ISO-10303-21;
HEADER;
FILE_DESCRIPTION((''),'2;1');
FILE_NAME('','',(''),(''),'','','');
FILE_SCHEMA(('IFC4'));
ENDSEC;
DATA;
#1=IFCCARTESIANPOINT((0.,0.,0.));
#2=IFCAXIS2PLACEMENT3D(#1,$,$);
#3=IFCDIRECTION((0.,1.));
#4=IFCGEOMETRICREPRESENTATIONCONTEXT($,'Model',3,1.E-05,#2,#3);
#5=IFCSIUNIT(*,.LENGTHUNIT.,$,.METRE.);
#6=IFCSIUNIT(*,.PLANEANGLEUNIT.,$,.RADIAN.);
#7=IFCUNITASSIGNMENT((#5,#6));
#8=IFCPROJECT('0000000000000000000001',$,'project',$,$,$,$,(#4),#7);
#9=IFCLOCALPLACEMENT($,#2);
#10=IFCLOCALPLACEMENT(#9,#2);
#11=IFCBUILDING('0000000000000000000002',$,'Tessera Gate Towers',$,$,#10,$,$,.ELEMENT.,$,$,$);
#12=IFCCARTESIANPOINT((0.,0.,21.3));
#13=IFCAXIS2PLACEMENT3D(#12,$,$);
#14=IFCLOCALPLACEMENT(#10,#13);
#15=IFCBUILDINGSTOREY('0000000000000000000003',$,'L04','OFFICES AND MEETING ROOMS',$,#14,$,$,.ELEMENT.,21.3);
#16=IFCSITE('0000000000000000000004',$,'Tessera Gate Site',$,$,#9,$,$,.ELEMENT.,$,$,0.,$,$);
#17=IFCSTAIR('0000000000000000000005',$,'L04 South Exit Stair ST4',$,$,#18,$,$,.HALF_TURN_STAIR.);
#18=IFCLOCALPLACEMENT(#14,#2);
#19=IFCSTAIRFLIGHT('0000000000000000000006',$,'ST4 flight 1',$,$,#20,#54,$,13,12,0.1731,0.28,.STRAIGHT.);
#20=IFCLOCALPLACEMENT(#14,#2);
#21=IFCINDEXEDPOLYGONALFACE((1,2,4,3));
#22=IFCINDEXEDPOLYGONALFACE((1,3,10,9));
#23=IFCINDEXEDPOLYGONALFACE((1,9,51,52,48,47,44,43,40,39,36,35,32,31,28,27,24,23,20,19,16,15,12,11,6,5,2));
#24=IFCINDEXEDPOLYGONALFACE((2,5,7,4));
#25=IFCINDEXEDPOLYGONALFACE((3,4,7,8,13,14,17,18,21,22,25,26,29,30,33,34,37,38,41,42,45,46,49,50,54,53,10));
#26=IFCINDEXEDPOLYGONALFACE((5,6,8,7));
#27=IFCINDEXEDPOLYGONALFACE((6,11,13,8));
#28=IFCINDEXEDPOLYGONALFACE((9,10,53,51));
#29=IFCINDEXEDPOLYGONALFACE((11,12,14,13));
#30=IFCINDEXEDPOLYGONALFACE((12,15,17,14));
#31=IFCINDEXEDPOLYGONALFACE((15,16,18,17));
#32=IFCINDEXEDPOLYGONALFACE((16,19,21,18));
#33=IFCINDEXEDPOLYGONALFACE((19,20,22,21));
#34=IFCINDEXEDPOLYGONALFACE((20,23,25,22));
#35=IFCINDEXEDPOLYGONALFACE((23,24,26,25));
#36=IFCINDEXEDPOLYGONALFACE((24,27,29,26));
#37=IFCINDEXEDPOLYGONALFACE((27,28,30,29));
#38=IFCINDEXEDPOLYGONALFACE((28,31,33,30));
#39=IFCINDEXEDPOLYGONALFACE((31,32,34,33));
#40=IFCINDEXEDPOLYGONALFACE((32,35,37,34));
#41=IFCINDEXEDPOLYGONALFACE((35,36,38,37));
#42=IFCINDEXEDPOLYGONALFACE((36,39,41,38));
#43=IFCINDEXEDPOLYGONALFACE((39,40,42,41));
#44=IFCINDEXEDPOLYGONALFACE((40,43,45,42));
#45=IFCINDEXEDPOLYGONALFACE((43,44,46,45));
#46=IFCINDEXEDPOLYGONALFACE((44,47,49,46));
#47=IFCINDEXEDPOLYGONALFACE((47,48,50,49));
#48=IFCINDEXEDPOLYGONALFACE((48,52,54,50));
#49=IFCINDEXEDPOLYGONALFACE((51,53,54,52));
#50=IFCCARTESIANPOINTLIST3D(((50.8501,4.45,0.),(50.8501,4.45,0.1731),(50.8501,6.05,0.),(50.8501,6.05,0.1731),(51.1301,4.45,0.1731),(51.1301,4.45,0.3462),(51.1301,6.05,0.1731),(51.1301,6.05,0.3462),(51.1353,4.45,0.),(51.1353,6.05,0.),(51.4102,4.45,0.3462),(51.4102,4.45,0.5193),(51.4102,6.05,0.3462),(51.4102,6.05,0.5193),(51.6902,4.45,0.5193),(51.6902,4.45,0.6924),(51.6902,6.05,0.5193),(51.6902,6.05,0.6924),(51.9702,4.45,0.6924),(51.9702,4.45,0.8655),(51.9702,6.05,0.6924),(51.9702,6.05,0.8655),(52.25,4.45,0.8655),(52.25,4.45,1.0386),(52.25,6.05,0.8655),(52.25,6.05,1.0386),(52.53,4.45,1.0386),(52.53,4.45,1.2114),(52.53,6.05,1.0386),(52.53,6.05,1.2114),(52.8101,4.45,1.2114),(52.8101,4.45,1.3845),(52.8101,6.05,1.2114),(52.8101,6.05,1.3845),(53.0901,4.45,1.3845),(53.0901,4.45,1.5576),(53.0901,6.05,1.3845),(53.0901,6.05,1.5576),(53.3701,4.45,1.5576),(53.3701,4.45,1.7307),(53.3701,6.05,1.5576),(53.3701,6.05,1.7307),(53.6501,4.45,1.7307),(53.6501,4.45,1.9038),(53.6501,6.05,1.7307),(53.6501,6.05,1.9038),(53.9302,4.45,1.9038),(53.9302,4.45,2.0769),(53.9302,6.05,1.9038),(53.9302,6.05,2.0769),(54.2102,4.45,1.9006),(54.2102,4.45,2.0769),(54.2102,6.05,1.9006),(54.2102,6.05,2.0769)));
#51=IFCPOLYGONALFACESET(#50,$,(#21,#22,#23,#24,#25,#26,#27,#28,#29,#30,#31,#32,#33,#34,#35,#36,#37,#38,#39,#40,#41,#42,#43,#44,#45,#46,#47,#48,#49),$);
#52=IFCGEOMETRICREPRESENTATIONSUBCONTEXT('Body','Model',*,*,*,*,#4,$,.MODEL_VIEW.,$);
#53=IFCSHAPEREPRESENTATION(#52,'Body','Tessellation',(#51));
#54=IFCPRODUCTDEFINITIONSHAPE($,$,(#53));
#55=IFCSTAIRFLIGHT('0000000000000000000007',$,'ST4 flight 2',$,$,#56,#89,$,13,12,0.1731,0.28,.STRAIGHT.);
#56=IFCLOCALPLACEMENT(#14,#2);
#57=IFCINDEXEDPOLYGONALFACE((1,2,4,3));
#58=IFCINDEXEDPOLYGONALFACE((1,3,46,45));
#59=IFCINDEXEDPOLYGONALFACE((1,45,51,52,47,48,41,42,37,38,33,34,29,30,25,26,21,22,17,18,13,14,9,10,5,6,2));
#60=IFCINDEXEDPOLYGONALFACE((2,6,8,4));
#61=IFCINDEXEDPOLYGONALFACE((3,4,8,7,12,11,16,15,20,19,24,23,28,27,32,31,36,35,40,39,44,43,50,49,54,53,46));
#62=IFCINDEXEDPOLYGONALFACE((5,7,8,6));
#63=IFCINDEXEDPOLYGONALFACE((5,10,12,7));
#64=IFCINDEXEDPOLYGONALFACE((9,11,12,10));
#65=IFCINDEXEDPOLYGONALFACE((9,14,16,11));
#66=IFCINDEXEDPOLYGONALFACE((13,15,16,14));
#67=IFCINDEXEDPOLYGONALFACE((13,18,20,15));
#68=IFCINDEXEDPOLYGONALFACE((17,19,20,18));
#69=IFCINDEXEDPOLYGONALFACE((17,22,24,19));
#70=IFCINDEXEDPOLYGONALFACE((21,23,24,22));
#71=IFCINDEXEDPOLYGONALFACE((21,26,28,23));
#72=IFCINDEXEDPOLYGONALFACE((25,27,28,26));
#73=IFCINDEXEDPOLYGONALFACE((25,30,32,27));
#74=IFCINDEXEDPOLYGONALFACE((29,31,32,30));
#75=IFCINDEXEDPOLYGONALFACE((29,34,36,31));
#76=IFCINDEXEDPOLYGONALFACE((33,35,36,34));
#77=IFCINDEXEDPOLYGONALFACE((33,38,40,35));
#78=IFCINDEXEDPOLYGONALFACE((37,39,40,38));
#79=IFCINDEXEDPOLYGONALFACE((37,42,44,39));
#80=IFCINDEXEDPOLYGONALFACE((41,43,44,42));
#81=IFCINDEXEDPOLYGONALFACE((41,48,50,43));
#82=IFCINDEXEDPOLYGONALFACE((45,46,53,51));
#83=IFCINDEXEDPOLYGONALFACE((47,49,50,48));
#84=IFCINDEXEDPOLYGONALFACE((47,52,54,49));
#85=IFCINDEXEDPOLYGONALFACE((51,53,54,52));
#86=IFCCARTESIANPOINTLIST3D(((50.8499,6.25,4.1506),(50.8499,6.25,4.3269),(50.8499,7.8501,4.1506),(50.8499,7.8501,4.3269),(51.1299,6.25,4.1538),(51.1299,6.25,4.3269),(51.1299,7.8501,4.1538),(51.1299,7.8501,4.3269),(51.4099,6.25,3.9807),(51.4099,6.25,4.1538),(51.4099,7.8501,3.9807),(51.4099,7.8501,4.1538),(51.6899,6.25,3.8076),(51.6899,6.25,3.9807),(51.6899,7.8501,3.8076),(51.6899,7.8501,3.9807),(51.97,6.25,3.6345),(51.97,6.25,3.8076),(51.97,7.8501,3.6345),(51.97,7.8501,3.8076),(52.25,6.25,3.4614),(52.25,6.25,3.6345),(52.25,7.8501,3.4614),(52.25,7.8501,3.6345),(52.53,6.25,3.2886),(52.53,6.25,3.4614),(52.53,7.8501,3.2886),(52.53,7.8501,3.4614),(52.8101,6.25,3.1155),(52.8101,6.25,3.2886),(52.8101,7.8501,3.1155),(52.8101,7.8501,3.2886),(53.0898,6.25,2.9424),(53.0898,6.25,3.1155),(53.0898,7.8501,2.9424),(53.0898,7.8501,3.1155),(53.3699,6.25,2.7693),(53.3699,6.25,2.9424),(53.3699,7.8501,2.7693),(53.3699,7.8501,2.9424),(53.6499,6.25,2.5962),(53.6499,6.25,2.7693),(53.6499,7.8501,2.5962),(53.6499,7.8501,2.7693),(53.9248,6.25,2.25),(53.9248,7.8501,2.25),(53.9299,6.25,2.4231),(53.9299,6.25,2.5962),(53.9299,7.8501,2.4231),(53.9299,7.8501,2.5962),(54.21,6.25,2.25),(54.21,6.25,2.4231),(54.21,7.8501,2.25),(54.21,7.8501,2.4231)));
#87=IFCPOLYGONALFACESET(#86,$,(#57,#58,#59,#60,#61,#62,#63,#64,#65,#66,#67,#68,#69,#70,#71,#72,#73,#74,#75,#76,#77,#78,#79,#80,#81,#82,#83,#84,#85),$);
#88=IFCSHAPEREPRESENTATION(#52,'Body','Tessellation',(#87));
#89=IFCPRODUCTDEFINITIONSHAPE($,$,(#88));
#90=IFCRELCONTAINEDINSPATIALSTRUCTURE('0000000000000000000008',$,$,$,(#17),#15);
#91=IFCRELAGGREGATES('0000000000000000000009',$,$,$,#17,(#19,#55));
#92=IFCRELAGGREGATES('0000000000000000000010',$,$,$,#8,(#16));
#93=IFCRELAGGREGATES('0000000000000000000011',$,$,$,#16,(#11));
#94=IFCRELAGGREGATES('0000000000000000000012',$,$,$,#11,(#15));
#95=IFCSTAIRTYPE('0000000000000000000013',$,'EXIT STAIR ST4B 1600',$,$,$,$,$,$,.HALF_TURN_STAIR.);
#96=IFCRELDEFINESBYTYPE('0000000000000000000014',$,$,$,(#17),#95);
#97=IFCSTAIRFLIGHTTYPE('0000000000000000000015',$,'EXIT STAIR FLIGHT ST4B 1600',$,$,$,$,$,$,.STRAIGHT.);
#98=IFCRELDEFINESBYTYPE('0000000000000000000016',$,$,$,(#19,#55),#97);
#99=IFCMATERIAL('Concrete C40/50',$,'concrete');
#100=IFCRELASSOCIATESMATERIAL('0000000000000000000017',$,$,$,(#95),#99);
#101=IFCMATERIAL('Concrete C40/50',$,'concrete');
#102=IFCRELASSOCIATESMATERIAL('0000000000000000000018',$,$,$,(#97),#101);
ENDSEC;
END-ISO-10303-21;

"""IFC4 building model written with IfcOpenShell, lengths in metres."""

from ifc_helpers import new_model, si_unit, direction, frame, origin, place, context, subcontext, project, spatial, polyline, outline, extrude, material, type_object, element, aggregate, save


model = new_model("IFC4")

# Units and contexts
model_context = context("Model", 3, precision=1e-05, world=origin(), true_north=direction((0.0, 1.0)))
body_context = subcontext(model_context, "Body", "Model", "MODEL_VIEW")
ifc_project = project(units=[si_unit("LENGTHUNIT", "METRE"), si_unit("PLANEANGLEUNIT", "RADIAN")], contexts=[model_context])

# Site, building, storey
site_placement = place(None, origin())
site = spatial("IfcSite", under=ifc_project, at=site_placement, Name="Tessera Gate Site", CompositionType="ELEMENT", RefElevation=0.0)
building_placement = place(site_placement, origin())
building = spatial("IfcBuilding", under=site, at=building_placement, Name="Tessera Gate Towers", CompositionType="ELEMENT")
storey_placement = place(building_placement, frame((0.0, 0.0, 21.3)))
storey = spatial("IfcBuildingStorey", under=building, at=storey_placement, Name="L04", Description="OFFICES AND MEETING ROOMS", CompositionType="ELEMENT", Elevation=21.3)

# Stair, stair flights
ifc_material_1 = material(Name="Concrete C40/50", Category="concrete")
stair_type = type_object("IfcStairType", Name="EXIT STAIR ST4B 1600", PredefinedType="HALF_TURN_STAIR", material=ifc_material_1)
stair_placement = place(storey_placement, origin())
stair = element("IfcStair", 1, at=stair_placement, inside=storey, type_object=stair_type, Name="L04 South Exit Stair ST4", PredefinedType="HALF_TURN_STAIR")
ifc_material_2 = material(Name="Concrete C40/50", Category="concrete")
stair_flight_type = type_object("IfcStairFlightType", Name="EXIT STAIR FLIGHT ST4B 1600", PredefinedType="STRAIGHT", material=ifc_material_2)
stair_flight_1_placement = place(storey_placement, frame((50.8501, 5.25, 0.0), z_axis=(0.0, 0.0, 1.0), x_axis=(1.0, 0.0, 0.0)))
stair_flight_1 = element("IfcStairFlight", 2, at=stair_flight_1_placement, type_object=stair_flight_type, Name="ST4 flight 1", NumberOfRisers=13, NumberOfTreads=12, PredefinedType="STRAIGHT", RiserHeight=0.1731, TreadLength=0.28, context=body_context, shape_type="SweptSolid", body=[
    extrude(outline(polyline([(0.0, 0.0), (0.0, 0.1731), (0.28, 0.1731), (0.28, 0.3462), (0.5601, 0.3462), (0.5601, 0.5193), (0.8401, 0.5193), (0.8401, 0.6924), (1.1201, 0.6924), (1.1201, 0.8655), (1.3999, 0.8655), (1.3999, 1.0386), (1.6799, 1.0386), (1.6799, 1.2114), (1.96, 1.2114), (1.96, 1.3845), (2.24, 1.3845), (2.24, 1.5576), (2.52, 1.5576), (2.52, 1.7307), (2.8, 1.7307), (2.8, 1.9038), (3.0801, 1.9038), (3.0801, 2.0769), (3.3601, 2.0769), (3.3601, 2.25), (3.3601, 1.9006), (0.2852, 0.0), (0.0, 0.0)])), frame((0.0, 0.8, 0.0), z_axis=(0.0, -1.0, 0.0), x_axis=(1.0, 0.0, 0.0)), (0.0, 0.0, 1.0), 1.6001),
])
stair_flight_2_placement = place(storey_placement, frame((54.21, 7.05, 2.25), z_axis=(0.0, 0.0, 1.0), x_axis=(-1.0, 0.0, 0.0)))
stair_flight_2 = element("IfcStairFlight", 3, at=stair_flight_2_placement, type_object=stair_flight_type, Name="ST4 flight 2", NumberOfRisers=13, NumberOfTreads=12, PredefinedType="STRAIGHT", RiserHeight=0.1731, TreadLength=0.28, context=body_context, shape_type="SweptSolid", body=[
    extrude(outline(polyline([(0.0, 0.0), (0.0, 0.1731), (0.28, 0.1731), (0.28, 0.3462), (0.5601, 0.3462), (0.5601, 0.5193), (0.8401, 0.5193), (0.8401, 0.6924), (1.1201, 0.6924), (1.1201, 0.8655), (1.3999, 0.8655), (1.3999, 1.0386), (1.6799, 1.0386), (1.6799, 1.2114), (1.96, 1.2114), (1.96, 1.3845), (2.24, 1.3845), (2.24, 1.5576), (2.52, 1.5576), (2.52, 1.7307), (2.8, 1.7307), (2.8, 1.9038), (3.0801, 1.9038), (3.0801, 2.0769), (3.3601, 2.0769), (3.3601, 2.25), (3.3601, 1.9006), (0.2852, 0.0), (0.0, 0.0)])), frame((0.0, 0.8, 0.0), z_axis=(0.0, -1.0, 0.0), x_axis=(1.0, 0.0, 0.0)), (0.0, 0.0, 1.0), 1.6001),
])
aggregate(stair, [stair_flight_1, stair_flight_2])

save(model, "model.ifc")
